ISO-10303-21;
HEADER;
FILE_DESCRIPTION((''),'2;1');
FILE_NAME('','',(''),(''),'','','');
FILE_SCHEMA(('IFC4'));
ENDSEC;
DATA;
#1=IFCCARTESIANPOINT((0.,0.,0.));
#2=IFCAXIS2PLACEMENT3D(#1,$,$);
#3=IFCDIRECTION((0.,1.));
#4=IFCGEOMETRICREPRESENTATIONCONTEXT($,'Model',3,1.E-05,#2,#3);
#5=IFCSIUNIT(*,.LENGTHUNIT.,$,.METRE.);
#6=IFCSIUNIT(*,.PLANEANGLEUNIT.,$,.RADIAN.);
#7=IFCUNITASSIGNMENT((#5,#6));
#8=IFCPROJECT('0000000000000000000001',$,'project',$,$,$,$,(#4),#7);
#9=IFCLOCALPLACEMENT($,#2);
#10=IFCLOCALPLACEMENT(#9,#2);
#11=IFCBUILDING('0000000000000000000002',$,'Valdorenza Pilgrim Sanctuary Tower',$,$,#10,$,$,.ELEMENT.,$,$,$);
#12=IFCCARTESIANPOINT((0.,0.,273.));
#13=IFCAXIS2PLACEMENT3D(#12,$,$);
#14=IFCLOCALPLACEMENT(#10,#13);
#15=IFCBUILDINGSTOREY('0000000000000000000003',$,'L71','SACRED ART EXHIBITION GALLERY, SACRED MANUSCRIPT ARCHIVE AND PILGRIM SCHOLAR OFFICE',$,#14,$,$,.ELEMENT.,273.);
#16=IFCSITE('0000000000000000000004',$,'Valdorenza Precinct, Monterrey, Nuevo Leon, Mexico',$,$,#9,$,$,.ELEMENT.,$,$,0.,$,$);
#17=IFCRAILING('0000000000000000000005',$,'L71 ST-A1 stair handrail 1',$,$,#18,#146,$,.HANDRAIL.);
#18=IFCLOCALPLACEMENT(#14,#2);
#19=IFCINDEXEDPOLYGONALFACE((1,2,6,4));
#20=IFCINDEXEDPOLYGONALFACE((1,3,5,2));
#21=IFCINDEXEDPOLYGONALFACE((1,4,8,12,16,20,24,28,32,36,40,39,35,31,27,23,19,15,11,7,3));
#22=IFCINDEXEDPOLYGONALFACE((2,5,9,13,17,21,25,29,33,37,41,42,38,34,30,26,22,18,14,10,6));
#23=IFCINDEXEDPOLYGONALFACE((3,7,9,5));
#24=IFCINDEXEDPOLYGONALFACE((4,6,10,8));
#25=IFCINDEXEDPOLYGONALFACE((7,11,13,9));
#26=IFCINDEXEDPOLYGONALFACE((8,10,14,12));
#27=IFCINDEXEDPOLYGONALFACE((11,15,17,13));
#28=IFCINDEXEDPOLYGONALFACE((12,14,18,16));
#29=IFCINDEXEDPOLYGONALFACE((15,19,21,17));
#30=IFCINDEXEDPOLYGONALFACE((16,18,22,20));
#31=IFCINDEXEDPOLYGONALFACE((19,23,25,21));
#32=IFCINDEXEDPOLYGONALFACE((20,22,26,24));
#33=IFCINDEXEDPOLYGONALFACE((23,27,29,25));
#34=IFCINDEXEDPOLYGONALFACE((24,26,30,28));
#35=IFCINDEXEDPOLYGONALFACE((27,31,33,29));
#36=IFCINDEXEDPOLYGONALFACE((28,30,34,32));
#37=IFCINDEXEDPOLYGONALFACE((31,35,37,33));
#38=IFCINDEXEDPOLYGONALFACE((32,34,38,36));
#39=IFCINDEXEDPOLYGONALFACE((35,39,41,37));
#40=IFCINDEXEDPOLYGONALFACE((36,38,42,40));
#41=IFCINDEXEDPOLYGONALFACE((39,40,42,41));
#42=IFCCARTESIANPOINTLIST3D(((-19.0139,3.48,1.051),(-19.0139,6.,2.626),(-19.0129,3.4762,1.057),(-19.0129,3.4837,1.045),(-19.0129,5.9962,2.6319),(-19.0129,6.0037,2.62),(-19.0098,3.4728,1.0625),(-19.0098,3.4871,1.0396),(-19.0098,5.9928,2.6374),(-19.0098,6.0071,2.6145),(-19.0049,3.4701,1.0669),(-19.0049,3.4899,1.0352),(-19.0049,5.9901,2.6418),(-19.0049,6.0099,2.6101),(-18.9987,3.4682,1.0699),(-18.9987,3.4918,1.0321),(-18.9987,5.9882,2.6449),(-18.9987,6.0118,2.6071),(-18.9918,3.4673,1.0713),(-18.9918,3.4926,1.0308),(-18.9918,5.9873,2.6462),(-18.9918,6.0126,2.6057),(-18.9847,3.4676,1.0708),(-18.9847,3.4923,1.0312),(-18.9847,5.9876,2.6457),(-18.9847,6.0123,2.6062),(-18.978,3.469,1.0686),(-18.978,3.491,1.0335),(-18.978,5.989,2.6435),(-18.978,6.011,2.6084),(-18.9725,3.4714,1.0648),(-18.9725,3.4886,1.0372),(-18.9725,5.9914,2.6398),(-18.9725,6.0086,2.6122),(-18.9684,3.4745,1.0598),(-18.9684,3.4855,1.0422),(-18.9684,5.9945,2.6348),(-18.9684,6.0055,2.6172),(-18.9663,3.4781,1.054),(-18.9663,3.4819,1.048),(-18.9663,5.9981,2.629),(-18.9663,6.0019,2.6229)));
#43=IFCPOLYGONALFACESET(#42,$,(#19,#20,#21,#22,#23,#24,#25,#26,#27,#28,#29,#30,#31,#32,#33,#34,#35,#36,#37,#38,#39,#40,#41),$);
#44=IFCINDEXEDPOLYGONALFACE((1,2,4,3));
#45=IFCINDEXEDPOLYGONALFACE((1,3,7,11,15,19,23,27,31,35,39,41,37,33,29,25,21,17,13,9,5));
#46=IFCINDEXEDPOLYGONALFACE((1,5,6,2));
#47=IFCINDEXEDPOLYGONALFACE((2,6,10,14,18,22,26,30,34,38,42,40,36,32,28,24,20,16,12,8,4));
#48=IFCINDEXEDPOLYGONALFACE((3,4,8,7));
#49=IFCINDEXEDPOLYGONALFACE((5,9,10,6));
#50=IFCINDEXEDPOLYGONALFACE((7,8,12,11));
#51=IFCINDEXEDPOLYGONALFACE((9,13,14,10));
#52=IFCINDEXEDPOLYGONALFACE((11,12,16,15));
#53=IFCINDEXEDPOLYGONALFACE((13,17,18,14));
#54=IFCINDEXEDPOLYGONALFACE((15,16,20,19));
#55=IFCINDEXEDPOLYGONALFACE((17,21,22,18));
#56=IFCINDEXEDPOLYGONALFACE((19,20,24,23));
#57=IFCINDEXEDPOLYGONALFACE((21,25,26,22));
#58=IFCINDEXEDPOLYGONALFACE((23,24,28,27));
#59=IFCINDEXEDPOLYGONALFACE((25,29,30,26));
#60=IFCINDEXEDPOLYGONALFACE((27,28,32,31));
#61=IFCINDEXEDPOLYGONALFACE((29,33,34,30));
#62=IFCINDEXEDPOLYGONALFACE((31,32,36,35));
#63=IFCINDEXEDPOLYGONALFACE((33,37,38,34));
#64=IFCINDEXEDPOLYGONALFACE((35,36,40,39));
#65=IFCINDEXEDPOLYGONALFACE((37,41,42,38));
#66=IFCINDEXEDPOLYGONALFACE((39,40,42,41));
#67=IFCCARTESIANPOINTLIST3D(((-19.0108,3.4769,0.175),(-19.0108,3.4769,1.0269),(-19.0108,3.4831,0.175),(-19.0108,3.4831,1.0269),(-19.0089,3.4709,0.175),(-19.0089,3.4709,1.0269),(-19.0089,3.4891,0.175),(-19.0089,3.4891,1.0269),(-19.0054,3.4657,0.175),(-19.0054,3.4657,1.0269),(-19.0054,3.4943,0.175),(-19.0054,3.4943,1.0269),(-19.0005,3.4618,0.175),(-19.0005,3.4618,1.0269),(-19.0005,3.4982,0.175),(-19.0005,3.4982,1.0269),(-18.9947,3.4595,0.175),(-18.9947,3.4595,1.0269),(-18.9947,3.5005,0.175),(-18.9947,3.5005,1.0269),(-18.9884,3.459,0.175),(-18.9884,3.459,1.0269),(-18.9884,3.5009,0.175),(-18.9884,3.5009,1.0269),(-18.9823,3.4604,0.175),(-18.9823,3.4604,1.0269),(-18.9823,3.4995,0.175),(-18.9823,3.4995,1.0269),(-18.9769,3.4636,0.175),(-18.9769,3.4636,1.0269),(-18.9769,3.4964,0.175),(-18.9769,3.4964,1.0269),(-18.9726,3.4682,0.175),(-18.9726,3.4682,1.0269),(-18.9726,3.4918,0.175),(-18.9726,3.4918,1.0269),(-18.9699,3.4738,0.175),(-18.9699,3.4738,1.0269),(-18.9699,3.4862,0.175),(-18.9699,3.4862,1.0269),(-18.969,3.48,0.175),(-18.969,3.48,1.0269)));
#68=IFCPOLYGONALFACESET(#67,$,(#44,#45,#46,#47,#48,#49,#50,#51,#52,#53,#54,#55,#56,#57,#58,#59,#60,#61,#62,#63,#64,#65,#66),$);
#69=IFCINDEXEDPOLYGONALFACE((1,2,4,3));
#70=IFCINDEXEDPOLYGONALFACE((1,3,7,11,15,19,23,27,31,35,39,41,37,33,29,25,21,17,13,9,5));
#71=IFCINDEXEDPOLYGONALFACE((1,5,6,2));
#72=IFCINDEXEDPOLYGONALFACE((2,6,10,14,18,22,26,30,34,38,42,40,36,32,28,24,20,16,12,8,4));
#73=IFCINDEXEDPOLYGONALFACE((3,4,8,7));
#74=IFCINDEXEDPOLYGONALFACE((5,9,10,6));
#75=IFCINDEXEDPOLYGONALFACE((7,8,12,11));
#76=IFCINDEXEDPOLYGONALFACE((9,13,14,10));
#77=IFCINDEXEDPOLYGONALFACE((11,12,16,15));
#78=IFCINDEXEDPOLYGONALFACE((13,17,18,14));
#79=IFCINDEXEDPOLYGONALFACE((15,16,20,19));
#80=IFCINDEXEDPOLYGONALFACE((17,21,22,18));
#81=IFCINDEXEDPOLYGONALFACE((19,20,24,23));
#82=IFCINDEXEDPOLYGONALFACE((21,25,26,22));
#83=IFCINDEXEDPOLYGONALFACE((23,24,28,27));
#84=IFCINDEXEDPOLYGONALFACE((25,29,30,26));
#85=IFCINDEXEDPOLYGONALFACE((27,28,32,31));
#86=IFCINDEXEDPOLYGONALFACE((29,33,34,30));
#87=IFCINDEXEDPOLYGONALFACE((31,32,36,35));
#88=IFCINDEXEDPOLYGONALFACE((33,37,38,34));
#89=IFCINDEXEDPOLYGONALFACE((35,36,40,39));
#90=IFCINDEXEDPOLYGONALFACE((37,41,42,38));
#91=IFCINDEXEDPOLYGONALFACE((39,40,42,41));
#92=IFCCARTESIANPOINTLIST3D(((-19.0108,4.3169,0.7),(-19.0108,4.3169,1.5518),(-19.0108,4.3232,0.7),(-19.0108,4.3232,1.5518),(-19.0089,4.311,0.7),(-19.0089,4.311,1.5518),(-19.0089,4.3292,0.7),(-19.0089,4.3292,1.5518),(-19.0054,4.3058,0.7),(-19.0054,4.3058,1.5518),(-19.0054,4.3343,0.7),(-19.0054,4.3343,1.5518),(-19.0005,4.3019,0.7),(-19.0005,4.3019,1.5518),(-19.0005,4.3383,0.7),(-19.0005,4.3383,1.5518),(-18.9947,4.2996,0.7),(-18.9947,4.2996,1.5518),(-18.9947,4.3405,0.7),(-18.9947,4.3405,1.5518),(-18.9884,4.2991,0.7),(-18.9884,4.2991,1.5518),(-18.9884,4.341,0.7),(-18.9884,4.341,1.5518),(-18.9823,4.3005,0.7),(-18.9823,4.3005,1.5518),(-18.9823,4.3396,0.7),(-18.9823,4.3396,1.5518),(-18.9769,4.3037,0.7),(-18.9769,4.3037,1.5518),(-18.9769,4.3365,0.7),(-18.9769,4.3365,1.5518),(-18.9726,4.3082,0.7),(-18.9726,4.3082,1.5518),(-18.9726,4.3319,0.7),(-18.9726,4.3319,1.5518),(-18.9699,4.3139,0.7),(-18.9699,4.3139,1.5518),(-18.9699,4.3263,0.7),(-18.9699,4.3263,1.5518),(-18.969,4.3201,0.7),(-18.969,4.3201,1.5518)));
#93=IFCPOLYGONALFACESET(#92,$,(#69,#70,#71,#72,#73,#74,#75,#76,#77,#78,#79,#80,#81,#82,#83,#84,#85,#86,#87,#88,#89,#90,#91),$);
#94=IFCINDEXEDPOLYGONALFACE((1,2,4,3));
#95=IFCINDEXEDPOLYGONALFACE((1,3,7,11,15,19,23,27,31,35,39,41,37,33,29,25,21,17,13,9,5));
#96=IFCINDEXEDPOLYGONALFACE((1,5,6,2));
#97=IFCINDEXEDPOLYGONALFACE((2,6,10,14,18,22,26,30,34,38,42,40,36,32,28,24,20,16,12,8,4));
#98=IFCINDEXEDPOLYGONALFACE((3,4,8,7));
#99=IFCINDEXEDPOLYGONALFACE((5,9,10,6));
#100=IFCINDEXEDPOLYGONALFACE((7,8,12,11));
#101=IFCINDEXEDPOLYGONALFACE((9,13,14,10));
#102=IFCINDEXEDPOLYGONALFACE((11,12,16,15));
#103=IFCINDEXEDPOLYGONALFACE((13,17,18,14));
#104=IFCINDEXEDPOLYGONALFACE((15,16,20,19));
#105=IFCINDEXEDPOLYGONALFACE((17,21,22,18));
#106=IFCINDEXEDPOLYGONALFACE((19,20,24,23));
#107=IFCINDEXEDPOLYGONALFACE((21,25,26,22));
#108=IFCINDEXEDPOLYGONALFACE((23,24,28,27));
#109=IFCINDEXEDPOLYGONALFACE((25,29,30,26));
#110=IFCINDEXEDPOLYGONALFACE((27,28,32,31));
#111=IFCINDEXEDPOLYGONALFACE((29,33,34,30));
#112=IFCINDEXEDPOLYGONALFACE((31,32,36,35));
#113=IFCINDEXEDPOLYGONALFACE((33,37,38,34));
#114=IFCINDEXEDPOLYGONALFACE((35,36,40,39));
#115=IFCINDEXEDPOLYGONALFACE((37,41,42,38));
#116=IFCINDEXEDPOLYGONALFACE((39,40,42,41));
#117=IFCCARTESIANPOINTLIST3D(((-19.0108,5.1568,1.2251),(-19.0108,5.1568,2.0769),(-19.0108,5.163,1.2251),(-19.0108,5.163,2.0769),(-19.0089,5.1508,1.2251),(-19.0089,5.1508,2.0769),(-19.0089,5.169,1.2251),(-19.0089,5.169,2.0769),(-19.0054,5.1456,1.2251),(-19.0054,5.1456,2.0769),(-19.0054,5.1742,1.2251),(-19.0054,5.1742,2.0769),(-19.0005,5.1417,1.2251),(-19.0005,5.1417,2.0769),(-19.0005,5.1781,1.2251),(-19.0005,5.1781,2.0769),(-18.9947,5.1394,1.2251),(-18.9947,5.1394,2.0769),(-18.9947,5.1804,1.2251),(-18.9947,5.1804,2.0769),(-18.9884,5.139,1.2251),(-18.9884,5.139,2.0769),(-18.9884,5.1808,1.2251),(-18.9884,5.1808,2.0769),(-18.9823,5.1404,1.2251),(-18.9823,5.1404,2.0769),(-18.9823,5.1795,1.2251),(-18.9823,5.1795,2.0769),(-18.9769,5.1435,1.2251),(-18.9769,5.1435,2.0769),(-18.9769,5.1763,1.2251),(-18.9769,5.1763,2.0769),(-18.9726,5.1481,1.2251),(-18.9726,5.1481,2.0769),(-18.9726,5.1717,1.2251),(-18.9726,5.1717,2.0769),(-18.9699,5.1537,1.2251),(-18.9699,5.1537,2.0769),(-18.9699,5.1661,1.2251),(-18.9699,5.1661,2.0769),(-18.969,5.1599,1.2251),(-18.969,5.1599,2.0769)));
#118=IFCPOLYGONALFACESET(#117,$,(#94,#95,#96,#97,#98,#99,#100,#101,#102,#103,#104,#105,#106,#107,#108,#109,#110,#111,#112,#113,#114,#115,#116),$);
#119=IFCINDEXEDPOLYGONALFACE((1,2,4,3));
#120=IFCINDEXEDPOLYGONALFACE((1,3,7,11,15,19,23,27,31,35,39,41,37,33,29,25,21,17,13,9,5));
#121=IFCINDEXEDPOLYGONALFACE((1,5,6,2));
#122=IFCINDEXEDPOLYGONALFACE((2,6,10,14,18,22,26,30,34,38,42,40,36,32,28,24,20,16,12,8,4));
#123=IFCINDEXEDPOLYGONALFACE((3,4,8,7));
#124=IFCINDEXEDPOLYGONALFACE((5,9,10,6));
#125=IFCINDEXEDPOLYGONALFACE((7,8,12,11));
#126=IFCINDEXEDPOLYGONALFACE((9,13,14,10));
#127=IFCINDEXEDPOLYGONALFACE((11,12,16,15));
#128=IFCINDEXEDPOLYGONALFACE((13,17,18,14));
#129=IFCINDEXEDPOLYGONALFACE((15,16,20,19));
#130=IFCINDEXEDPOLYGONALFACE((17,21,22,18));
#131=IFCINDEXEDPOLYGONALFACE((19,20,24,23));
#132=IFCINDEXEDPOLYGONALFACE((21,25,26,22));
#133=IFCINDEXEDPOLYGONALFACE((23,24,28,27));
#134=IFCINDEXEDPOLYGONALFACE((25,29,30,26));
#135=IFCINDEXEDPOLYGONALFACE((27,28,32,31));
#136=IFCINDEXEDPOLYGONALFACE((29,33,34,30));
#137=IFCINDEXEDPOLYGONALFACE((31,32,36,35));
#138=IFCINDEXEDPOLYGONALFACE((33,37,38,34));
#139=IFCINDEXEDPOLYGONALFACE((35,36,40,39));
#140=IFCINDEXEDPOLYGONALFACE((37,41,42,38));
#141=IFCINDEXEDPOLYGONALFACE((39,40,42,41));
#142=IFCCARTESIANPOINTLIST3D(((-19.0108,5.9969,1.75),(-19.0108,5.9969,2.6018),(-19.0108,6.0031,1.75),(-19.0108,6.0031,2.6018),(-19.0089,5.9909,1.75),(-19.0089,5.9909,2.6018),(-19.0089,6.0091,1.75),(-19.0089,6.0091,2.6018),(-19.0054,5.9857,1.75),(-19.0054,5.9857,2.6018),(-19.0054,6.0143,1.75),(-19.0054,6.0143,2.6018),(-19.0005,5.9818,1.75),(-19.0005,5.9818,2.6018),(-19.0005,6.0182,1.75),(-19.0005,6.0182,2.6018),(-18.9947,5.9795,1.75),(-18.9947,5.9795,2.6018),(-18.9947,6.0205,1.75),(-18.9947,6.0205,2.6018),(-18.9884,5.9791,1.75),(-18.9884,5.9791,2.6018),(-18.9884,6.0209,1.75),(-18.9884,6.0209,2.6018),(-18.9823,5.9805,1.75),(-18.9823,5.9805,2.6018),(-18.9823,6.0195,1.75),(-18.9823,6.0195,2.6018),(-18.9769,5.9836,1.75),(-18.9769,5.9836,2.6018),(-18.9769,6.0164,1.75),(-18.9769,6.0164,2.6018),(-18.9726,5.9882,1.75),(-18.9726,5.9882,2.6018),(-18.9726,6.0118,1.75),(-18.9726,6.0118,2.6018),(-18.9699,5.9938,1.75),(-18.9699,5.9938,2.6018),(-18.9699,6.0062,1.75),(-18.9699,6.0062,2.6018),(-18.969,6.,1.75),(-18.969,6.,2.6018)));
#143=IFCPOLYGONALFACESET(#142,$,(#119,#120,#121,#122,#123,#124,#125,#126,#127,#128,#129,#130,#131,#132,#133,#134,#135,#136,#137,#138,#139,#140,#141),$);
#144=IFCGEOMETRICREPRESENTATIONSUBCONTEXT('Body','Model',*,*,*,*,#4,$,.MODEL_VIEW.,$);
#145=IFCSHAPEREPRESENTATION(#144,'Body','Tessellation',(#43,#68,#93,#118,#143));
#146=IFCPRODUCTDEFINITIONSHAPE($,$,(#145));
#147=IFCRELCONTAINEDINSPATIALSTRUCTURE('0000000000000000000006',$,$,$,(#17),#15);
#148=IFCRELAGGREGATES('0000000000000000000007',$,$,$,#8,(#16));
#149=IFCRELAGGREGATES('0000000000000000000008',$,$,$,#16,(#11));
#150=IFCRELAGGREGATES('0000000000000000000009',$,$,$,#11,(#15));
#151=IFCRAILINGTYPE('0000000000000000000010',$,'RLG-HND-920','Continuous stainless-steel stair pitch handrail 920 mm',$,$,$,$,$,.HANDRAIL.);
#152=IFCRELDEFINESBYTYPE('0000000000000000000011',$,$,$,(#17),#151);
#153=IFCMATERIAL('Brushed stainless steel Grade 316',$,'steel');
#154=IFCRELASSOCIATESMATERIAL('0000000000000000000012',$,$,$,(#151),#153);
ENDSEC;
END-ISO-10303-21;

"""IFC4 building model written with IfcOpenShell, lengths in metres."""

from ifc_helpers import new_model, si_unit, direction, frame, origin, origin_2d, place, context, subcontext, project, spatial, circle, extrude, material, type_object, element, save


model = new_model("IFC4")

# Units and contexts
model_context = context("Model", 3, precision=1e-05, world=origin(), true_north=direction((0.0, 1.0)))
body_context = subcontext(model_context, "Body", "Model", "MODEL_VIEW")
ifc_project = project(units=[si_unit("LENGTHUNIT", "METRE"), si_unit("PLANEANGLEUNIT", "RADIAN")], contexts=[model_context])

# Site, building, storey
site_placement = place(None, origin())
site = spatial("IfcSite", under=ifc_project, at=site_placement, Name="Valdorenza Precinct, Monterrey, Nuevo Leon, Mexico", CompositionType="ELEMENT", RefElevation=0.0)
building_placement = place(site_placement, origin())
building = spatial("IfcBuilding", under=site, at=building_placement, Name="Valdorenza Pilgrim Sanctuary Tower", CompositionType="ELEMENT")
storey_placement = place(building_placement, frame((0.0, 0.0, 273.0)))
storey = spatial("IfcBuildingStorey", under=building, at=storey_placement, Name="L71", Description="SACRED ART EXHIBITION GALLERY, SACRED MANUSCRIPT ARCHIVE AND PILGRIM SCHOLAR OFFICE", CompositionType="ELEMENT", Elevation=273.0)

# Shared definitions
ifc_material_1 = material(Name="Brushed stainless steel Grade 316", Category="steel")

# Railing
railing_type_1 = type_object("IfcRailingType", Name="RLG-HND-920", Description="Continuous stainless-steel stair pitch handrail 920 mm", PredefinedType="HANDRAIL", material=ifc_material_1)
railing_1_placement = place(storey_placement, frame((-18.99, 3.48, 0.175)))
element("IfcRailing", 1, at=railing_1_placement, inside=storey, type_object=railing_type_1, Name="L71 ST-A1 stair handrail 1", PredefinedType="HANDRAIL", context=body_context, shape_type="SweptSolid", body=[
    extrude(circle(Radius=0.0239, at=origin_2d()), frame((0.0, 0.0, 0.876), z_axis=(0.0, 0.848008, 0.529984), x_axis=(-1.0, 0.0, 0.0)), (0.0, 0.0, 1.0), 2.9717),
    extrude(circle(Radius=0.021, at=origin_2d()), origin(), (0.0, 0.0, 1.0), 0.8518),
    extrude(circle(Radius=0.021, at=origin_2d()), frame((0.0, 0.8401, 0.5249)), (0.0, 0.0, 1.0), 0.8518),
    extrude(circle(Radius=0.021, at=origin_2d()), frame((0.0, 1.6799, 1.05)), (0.0, 0.0, 1.0), 0.8518),
    extrude(circle(Radius=0.021, at=origin_2d()), frame((0.0, 2.52, 1.575)), (0.0, 0.0, 1.0), 0.8518),
])

save(model, "model.ifc")
